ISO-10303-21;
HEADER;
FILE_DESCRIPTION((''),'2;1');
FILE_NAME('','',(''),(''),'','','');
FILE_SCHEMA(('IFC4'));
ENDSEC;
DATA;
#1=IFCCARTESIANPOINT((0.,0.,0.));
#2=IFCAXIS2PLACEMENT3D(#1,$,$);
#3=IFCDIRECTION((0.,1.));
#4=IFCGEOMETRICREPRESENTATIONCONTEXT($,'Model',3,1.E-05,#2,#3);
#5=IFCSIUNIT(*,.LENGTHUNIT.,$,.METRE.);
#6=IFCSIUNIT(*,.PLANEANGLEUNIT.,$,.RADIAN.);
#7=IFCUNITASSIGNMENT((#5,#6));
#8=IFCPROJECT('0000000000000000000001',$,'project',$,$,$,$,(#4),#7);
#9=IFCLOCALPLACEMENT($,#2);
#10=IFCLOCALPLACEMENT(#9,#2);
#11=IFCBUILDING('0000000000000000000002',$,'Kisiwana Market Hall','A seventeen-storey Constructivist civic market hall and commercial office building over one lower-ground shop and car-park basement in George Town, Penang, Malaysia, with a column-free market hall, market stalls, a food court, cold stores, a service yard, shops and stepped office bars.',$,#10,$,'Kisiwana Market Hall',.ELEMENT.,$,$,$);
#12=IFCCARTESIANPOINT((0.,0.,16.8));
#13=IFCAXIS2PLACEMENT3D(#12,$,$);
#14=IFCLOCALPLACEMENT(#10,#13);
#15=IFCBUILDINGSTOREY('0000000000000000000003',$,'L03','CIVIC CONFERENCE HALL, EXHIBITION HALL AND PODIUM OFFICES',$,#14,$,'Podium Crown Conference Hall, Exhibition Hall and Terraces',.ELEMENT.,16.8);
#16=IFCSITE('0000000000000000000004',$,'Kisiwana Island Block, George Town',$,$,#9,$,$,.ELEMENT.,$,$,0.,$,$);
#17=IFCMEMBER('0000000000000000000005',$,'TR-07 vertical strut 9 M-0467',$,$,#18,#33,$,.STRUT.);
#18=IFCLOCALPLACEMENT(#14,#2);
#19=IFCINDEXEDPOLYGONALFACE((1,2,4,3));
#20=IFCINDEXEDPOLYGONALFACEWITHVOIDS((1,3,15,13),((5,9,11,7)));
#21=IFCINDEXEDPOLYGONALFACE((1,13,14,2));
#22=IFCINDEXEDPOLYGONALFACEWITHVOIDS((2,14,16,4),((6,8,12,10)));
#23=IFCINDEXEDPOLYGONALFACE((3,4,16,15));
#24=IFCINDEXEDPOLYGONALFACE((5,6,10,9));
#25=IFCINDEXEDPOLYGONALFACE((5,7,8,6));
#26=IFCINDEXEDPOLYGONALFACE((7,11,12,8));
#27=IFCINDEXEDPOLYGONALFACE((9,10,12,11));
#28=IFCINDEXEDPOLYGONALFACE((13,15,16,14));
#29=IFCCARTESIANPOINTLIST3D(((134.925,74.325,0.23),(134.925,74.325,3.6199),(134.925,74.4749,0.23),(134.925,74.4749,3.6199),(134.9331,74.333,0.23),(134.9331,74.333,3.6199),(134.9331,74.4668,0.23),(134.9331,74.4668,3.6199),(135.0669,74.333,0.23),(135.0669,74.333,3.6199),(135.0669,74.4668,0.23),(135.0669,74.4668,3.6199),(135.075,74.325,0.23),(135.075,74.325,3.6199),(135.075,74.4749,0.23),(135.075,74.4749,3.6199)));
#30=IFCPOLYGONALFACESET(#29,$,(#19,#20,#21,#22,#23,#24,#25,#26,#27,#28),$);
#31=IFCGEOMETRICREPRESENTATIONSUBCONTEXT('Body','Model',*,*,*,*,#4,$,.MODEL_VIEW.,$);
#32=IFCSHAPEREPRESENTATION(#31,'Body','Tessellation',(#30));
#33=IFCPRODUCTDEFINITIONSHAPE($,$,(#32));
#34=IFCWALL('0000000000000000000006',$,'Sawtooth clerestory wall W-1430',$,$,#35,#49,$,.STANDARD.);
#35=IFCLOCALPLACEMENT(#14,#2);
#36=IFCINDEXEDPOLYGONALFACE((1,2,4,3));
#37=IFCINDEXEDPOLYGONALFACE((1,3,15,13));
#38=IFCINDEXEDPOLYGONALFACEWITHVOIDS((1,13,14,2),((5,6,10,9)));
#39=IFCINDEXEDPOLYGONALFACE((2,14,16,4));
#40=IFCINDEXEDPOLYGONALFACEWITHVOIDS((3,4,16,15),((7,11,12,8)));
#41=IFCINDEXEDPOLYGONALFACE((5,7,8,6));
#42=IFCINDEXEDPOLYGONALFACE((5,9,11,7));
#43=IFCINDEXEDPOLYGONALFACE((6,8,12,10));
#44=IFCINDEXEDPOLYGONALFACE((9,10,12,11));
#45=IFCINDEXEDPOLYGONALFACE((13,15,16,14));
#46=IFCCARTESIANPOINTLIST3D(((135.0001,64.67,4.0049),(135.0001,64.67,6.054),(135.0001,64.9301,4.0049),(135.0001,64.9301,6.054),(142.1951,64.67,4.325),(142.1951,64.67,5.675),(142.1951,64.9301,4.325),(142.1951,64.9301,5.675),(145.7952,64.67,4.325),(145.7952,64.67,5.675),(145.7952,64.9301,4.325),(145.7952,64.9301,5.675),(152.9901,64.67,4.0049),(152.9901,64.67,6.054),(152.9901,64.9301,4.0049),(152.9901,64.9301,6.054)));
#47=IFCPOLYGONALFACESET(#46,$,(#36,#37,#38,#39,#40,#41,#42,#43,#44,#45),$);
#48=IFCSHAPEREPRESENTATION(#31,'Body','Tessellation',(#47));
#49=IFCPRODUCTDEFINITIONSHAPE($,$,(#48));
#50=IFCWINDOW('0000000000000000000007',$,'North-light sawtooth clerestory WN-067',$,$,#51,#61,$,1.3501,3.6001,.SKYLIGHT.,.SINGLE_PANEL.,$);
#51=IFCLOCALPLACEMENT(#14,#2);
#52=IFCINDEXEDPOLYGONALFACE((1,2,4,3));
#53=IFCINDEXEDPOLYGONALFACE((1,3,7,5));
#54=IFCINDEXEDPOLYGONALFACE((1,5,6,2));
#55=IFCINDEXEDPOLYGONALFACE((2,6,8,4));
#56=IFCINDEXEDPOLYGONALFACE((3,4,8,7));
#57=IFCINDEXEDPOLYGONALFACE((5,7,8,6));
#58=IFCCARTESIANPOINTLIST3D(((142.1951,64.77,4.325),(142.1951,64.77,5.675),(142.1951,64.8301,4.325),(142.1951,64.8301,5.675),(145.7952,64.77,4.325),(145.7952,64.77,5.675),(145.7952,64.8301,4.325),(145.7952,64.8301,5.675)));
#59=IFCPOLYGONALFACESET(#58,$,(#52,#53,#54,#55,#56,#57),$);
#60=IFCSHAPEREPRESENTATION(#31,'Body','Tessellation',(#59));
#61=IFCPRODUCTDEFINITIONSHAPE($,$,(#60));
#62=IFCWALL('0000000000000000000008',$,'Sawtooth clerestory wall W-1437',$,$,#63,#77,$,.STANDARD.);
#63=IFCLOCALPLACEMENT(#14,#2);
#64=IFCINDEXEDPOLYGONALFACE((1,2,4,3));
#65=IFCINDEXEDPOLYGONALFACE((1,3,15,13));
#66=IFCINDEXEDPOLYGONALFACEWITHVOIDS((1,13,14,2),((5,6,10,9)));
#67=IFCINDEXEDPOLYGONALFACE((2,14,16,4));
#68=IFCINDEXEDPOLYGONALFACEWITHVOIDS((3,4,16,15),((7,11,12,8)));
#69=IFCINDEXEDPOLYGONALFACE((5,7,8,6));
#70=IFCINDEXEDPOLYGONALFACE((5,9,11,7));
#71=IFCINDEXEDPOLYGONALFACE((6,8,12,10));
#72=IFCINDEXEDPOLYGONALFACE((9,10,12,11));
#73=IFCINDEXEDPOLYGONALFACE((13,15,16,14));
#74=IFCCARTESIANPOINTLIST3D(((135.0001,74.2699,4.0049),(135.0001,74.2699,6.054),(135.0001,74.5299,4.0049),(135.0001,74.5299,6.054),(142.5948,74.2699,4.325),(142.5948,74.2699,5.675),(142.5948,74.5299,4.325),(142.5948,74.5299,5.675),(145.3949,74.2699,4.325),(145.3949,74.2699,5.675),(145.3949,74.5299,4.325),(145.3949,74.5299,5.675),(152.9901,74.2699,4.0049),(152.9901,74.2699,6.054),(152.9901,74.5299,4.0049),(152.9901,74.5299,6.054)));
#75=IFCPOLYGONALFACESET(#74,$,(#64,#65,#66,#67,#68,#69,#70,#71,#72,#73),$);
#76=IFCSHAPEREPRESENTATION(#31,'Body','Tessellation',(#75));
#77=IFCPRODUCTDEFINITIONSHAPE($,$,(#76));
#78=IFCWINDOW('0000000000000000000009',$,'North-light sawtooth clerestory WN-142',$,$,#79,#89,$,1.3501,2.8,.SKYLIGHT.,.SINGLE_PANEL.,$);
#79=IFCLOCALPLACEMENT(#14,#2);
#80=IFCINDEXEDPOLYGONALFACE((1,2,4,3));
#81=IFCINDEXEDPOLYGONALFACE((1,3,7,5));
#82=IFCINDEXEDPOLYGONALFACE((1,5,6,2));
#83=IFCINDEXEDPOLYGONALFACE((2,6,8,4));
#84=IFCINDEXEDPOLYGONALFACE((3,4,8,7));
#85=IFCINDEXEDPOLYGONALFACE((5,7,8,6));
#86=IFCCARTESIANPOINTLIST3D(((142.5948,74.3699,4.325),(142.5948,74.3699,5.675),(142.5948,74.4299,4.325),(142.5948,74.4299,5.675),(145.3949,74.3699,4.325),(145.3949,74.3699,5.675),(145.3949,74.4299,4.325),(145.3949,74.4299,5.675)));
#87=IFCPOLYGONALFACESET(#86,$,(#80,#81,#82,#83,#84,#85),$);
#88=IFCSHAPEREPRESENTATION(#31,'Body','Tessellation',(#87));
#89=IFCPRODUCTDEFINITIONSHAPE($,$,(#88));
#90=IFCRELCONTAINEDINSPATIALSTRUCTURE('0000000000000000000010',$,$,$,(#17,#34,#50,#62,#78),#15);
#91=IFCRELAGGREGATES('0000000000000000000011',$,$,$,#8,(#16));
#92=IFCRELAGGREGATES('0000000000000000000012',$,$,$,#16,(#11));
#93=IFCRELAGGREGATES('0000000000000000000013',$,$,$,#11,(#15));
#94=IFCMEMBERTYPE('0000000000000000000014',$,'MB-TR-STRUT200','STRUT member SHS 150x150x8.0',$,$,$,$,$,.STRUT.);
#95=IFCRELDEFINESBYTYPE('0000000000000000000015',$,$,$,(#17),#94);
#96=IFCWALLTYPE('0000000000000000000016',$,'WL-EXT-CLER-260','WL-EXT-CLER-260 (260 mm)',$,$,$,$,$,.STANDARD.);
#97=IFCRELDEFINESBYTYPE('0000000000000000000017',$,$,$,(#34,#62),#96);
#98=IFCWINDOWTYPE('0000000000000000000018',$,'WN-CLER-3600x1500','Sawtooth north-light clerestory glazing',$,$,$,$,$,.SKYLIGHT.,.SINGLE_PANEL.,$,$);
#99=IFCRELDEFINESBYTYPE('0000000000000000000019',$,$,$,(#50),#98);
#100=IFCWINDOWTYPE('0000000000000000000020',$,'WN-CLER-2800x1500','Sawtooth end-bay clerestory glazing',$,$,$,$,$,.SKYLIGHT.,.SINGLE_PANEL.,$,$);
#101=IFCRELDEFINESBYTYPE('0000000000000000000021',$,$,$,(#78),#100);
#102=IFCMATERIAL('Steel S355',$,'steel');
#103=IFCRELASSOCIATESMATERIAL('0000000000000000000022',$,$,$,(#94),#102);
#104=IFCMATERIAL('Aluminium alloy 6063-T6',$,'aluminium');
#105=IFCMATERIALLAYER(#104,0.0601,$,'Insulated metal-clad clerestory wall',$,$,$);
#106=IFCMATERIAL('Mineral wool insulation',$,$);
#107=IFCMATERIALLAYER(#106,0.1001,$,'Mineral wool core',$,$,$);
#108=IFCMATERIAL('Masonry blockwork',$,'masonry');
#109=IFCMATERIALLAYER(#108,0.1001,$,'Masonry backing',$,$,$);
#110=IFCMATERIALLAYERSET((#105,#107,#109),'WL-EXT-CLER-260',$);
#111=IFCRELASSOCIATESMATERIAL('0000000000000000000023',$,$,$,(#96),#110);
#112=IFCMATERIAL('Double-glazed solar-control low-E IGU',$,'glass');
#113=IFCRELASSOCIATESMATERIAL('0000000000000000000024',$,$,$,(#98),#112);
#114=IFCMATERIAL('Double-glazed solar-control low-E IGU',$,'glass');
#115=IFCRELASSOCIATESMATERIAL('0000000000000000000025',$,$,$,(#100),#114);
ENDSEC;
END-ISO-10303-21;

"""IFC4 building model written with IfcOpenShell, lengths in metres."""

from ifc_helpers import new_model, si_unit, direction, frame, frame_2d, origin, origin_2d, place, context, subcontext, project, spatial, rectangle, hollow_rectangle, extrude, material, layer, layer_set, material_profile, profile_set, type_object, element, fill, save


model = new_model("IFC4")

# Units and contexts
model_context = context("Model", 3, precision=1e-05, world=origin(), true_north=direction((0.0, 1.0)))
body_context = subcontext(model_context, "Body", "Model", "MODEL_VIEW")
ifc_project = project(units=[si_unit("LENGTHUNIT", "METRE"), si_unit("PLANEANGLEUNIT", "RADIAN")], contexts=[model_context])

# Site, building, storey
site_placement = place(None, origin())
site = spatial("IfcSite", under=ifc_project, at=site_placement, Name="Kisiwana Island Block, George Town", CompositionType="ELEMENT", RefElevation=0.0)
building_placement = place(site_placement, origin())
building = spatial("IfcBuilding", under=site, at=building_placement, Name="Kisiwana Market Hall", Description="A seventeen-storey Constructivist civic market hall and commercial office building over one lower-ground shop and car-park basement in George Town, Penang, Malaysia, with a column-free market hall, market stalls, a food court, cold stores, a service yard, shops and stepped office bars.", LongName="Kisiwana Market Hall", CompositionType="ELEMENT")
storey_placement = place(building_placement, frame((0.0, 0.0, 16.8)))
storey = spatial("IfcBuildingStorey", under=building, at=storey_placement, Name="L03", Description="CIVIC CONFERENCE HALL, EXHIBITION HALL AND PODIUM OFFICES", LongName="Podium Crown Conference Hall, Exhibition Hall and Terraces", CompositionType="ELEMENT", Elevation=16.8)

# Member
ifc_material_1 = material(Name="Steel S355", Category="steel")
ifc_material_profile_1 = material_profile(ifc_material_1, hollow_rectangle(XDim=0.1499, YDim=0.1499, WallThickness=0.0081, at=origin_2d()), Name="SHS 150x150x8.0")
ifc_profile_set_1 = profile_set([ifc_material_profile_1], Name="Steel S355")
member_type_1 = type_object("IfcMemberType", Name="MB-TR-STRUT200", Description="STRUT member SHS 150x150x8.0", PredefinedType="STRUT", material=ifc_profile_set_1)
for number, where, z_axis, x_axis, name in (
    (1, (135.0, 74.3999, 0.23), (0.0, 0.0, 1.0), (1.0, 0.0, 0.0), "TR-07 vertical strut 9 M-0467"),
):
    element("IfcMember", number, at=place(storey_placement, frame(where, z_axis=z_axis, x_axis=x_axis)), inside=storey, type_object=member_type_1, Name=name, PredefinedType="STRUT", context=body_context, shape_type="SweptSolid", body=[
        extrude(hollow_rectangle(XDim=0.1499, YDim=0.1499, WallThickness=0.0081, at=origin_2d()), origin(), (0.0, 0.0, 1.0), 3.3899),
    ])

# Walls, openings, windows
ifc_material_2 = material(Name="Aluminium alloy 6063-T6", Category="aluminium")
ifc_layer_1 = layer(ifc_material_2, 0.0601, Name="Insulated metal-clad clerestory wall")
ifc_material_3 = material(Name="Mineral wool insulation")
ifc_layer_2 = layer(ifc_material_3, 0.1001, Name="Mineral wool core")
ifc_material_4 = material(Name="Masonry blockwork", Category="masonry")
ifc_layer_3 = layer(ifc_material_4, 0.1001, Name="Masonry backing")
ifc_layer_set = layer_set([ifc_layer_1, ifc_layer_2, ifc_layer_3], Name="WL-EXT-CLER-260")
wall_type = type_object("IfcWallType", Name="WL-EXT-CLER-260", Description="WL-EXT-CLER-260 (260 mm)", PredefinedType="STANDARD", material=ifc_layer_set)
wall_1_placement = place(storey_placement, frame((135.0, 64.8, 4.0049), z_axis=(0.0, 0.0, 1.0), x_axis=(1.0, 0.0, 0.0)))
wall_1 = element("IfcWall", 2, at=wall_1_placement, inside=storey, type_object=wall_type, Name="Sawtooth clerestory wall W-1430", PredefinedType="STANDARD", context=body_context, shape_type="SweptSolid", body=[
    extrude(rectangle(XDim=17.99, YDim=0.26, at=frame_2d((8.9951, 0.0))), origin(), (0.0, 0.0, 1.0), 2.0491),
])
opening_1_placement = place(wall_1_placement, frame((7.1951, 0.0, 0.3201)))
opening_1 = element("IfcOpeningElement", 3, at=opening_1_placement, cuts=wall_1, PredefinedType="OPENING", context=body_context, shape_type="SweptSolid", body=[
    extrude(rectangle(XDim=3.6001, YDim=1.3501, at=frame_2d((1.8, 0.675))), frame((0.0, 0.1421, 0.0), z_axis=(0.0, -1.0, 0.0), x_axis=(1.0, 0.0, 0.0)), (0.0, 0.0, 1.0), 0.2839),
])
ifc_material_5 = material(Name="Double-glazed solar-control low-E IGU", Category="glass")
window_type_1 = type_object("IfcWindowType", Name="WN-CLER-3600x1500", Description="Sawtooth north-light clerestory glazing", PartitioningType="SINGLE_PANEL", PredefinedType="SKYLIGHT", material=ifc_material_5)
window_1_placement = place(opening_1_placement, origin())
window_1 = element("IfcWindow", 4, at=window_1_placement, inside=storey, type_object=window_type_1, Name="North-light sawtooth clerestory WN-067", OverallHeight=1.3501, OverallWidth=3.6001, PartitioningType="SINGLE_PANEL", PredefinedType="SKYLIGHT", context=body_context, shape_type="SweptSolid", body=[
    extrude(rectangle(XDim=3.6001, YDim=1.3501, at=frame_2d((1.8, 0.675))), frame((0.0, 0.03, 0.0), z_axis=(0.0, -1.0, 0.0), x_axis=(1.0, 0.0, 0.0)), (0.0, 0.0, 1.0), 0.0601),
])
fill(opening_1, window_1)
wall_2_placement = place(storey_placement, frame((135.0, 74.3999, 4.0049), z_axis=(0.0, 0.0, 1.0), x_axis=(1.0, 0.0, 0.0)))
wall_2 = element("IfcWall", 5, at=wall_2_placement, inside=storey, type_object=wall_type, Name="Sawtooth clerestory wall W-1437", PredefinedType="STANDARD", context=body_context, shape_type="SweptSolid", body=[
    extrude(rectangle(XDim=17.99, YDim=0.26, at=frame_2d((8.9951, 0.0))), origin(), (0.0, 0.0, 1.0), 2.0491),
])
opening_2_placement = place(wall_2_placement, frame((7.595, 0.0, 0.3201)))
opening_2 = element("IfcOpeningElement", 6, at=opening_2_placement, cuts=wall_2, PredefinedType="OPENING", context=body_context, shape_type="SweptSolid", body=[
    extrude(rectangle(XDim=2.8, YDim=1.3501, at=frame_2d((1.3999, 0.675))), frame((0.0, 0.1421, 0.0), z_axis=(0.0, -1.0, 0.0), x_axis=(1.0, 0.0, 0.0)), (0.0, 0.0, 1.0), 0.2839),
])
ifc_material_6 = material(Name="Double-glazed solar-control low-E IGU", Category="glass")
window_type_2 = type_object("IfcWindowType", Name="WN-CLER-2800x1500", Description="Sawtooth end-bay clerestory glazing", PartitioningType="SINGLE_PANEL", PredefinedType="SKYLIGHT", material=ifc_material_6)
window_2_placement = place(opening_2_placement, origin())
window_2 = element("IfcWindow", 7, at=window_2_placement, inside=storey, type_object=window_type_2, Name="North-light sawtooth clerestory WN-142", OverallHeight=1.3501, OverallWidth=2.8, PartitioningType="SINGLE_PANEL", PredefinedType="SKYLIGHT", context=body_context, shape_type="SweptSolid", body=[
    extrude(rectangle(XDim=2.8, YDim=1.3501, at=frame_2d((1.3999, 0.675))), frame((0.0, 0.03, 0.0), z_axis=(0.0, -1.0, 0.0), x_axis=(1.0, 0.0, 0.0)), (0.0, 0.0, 1.0), 0.0601),
])
fill(opening_2, window_2)

save(model, "model.ifc")
